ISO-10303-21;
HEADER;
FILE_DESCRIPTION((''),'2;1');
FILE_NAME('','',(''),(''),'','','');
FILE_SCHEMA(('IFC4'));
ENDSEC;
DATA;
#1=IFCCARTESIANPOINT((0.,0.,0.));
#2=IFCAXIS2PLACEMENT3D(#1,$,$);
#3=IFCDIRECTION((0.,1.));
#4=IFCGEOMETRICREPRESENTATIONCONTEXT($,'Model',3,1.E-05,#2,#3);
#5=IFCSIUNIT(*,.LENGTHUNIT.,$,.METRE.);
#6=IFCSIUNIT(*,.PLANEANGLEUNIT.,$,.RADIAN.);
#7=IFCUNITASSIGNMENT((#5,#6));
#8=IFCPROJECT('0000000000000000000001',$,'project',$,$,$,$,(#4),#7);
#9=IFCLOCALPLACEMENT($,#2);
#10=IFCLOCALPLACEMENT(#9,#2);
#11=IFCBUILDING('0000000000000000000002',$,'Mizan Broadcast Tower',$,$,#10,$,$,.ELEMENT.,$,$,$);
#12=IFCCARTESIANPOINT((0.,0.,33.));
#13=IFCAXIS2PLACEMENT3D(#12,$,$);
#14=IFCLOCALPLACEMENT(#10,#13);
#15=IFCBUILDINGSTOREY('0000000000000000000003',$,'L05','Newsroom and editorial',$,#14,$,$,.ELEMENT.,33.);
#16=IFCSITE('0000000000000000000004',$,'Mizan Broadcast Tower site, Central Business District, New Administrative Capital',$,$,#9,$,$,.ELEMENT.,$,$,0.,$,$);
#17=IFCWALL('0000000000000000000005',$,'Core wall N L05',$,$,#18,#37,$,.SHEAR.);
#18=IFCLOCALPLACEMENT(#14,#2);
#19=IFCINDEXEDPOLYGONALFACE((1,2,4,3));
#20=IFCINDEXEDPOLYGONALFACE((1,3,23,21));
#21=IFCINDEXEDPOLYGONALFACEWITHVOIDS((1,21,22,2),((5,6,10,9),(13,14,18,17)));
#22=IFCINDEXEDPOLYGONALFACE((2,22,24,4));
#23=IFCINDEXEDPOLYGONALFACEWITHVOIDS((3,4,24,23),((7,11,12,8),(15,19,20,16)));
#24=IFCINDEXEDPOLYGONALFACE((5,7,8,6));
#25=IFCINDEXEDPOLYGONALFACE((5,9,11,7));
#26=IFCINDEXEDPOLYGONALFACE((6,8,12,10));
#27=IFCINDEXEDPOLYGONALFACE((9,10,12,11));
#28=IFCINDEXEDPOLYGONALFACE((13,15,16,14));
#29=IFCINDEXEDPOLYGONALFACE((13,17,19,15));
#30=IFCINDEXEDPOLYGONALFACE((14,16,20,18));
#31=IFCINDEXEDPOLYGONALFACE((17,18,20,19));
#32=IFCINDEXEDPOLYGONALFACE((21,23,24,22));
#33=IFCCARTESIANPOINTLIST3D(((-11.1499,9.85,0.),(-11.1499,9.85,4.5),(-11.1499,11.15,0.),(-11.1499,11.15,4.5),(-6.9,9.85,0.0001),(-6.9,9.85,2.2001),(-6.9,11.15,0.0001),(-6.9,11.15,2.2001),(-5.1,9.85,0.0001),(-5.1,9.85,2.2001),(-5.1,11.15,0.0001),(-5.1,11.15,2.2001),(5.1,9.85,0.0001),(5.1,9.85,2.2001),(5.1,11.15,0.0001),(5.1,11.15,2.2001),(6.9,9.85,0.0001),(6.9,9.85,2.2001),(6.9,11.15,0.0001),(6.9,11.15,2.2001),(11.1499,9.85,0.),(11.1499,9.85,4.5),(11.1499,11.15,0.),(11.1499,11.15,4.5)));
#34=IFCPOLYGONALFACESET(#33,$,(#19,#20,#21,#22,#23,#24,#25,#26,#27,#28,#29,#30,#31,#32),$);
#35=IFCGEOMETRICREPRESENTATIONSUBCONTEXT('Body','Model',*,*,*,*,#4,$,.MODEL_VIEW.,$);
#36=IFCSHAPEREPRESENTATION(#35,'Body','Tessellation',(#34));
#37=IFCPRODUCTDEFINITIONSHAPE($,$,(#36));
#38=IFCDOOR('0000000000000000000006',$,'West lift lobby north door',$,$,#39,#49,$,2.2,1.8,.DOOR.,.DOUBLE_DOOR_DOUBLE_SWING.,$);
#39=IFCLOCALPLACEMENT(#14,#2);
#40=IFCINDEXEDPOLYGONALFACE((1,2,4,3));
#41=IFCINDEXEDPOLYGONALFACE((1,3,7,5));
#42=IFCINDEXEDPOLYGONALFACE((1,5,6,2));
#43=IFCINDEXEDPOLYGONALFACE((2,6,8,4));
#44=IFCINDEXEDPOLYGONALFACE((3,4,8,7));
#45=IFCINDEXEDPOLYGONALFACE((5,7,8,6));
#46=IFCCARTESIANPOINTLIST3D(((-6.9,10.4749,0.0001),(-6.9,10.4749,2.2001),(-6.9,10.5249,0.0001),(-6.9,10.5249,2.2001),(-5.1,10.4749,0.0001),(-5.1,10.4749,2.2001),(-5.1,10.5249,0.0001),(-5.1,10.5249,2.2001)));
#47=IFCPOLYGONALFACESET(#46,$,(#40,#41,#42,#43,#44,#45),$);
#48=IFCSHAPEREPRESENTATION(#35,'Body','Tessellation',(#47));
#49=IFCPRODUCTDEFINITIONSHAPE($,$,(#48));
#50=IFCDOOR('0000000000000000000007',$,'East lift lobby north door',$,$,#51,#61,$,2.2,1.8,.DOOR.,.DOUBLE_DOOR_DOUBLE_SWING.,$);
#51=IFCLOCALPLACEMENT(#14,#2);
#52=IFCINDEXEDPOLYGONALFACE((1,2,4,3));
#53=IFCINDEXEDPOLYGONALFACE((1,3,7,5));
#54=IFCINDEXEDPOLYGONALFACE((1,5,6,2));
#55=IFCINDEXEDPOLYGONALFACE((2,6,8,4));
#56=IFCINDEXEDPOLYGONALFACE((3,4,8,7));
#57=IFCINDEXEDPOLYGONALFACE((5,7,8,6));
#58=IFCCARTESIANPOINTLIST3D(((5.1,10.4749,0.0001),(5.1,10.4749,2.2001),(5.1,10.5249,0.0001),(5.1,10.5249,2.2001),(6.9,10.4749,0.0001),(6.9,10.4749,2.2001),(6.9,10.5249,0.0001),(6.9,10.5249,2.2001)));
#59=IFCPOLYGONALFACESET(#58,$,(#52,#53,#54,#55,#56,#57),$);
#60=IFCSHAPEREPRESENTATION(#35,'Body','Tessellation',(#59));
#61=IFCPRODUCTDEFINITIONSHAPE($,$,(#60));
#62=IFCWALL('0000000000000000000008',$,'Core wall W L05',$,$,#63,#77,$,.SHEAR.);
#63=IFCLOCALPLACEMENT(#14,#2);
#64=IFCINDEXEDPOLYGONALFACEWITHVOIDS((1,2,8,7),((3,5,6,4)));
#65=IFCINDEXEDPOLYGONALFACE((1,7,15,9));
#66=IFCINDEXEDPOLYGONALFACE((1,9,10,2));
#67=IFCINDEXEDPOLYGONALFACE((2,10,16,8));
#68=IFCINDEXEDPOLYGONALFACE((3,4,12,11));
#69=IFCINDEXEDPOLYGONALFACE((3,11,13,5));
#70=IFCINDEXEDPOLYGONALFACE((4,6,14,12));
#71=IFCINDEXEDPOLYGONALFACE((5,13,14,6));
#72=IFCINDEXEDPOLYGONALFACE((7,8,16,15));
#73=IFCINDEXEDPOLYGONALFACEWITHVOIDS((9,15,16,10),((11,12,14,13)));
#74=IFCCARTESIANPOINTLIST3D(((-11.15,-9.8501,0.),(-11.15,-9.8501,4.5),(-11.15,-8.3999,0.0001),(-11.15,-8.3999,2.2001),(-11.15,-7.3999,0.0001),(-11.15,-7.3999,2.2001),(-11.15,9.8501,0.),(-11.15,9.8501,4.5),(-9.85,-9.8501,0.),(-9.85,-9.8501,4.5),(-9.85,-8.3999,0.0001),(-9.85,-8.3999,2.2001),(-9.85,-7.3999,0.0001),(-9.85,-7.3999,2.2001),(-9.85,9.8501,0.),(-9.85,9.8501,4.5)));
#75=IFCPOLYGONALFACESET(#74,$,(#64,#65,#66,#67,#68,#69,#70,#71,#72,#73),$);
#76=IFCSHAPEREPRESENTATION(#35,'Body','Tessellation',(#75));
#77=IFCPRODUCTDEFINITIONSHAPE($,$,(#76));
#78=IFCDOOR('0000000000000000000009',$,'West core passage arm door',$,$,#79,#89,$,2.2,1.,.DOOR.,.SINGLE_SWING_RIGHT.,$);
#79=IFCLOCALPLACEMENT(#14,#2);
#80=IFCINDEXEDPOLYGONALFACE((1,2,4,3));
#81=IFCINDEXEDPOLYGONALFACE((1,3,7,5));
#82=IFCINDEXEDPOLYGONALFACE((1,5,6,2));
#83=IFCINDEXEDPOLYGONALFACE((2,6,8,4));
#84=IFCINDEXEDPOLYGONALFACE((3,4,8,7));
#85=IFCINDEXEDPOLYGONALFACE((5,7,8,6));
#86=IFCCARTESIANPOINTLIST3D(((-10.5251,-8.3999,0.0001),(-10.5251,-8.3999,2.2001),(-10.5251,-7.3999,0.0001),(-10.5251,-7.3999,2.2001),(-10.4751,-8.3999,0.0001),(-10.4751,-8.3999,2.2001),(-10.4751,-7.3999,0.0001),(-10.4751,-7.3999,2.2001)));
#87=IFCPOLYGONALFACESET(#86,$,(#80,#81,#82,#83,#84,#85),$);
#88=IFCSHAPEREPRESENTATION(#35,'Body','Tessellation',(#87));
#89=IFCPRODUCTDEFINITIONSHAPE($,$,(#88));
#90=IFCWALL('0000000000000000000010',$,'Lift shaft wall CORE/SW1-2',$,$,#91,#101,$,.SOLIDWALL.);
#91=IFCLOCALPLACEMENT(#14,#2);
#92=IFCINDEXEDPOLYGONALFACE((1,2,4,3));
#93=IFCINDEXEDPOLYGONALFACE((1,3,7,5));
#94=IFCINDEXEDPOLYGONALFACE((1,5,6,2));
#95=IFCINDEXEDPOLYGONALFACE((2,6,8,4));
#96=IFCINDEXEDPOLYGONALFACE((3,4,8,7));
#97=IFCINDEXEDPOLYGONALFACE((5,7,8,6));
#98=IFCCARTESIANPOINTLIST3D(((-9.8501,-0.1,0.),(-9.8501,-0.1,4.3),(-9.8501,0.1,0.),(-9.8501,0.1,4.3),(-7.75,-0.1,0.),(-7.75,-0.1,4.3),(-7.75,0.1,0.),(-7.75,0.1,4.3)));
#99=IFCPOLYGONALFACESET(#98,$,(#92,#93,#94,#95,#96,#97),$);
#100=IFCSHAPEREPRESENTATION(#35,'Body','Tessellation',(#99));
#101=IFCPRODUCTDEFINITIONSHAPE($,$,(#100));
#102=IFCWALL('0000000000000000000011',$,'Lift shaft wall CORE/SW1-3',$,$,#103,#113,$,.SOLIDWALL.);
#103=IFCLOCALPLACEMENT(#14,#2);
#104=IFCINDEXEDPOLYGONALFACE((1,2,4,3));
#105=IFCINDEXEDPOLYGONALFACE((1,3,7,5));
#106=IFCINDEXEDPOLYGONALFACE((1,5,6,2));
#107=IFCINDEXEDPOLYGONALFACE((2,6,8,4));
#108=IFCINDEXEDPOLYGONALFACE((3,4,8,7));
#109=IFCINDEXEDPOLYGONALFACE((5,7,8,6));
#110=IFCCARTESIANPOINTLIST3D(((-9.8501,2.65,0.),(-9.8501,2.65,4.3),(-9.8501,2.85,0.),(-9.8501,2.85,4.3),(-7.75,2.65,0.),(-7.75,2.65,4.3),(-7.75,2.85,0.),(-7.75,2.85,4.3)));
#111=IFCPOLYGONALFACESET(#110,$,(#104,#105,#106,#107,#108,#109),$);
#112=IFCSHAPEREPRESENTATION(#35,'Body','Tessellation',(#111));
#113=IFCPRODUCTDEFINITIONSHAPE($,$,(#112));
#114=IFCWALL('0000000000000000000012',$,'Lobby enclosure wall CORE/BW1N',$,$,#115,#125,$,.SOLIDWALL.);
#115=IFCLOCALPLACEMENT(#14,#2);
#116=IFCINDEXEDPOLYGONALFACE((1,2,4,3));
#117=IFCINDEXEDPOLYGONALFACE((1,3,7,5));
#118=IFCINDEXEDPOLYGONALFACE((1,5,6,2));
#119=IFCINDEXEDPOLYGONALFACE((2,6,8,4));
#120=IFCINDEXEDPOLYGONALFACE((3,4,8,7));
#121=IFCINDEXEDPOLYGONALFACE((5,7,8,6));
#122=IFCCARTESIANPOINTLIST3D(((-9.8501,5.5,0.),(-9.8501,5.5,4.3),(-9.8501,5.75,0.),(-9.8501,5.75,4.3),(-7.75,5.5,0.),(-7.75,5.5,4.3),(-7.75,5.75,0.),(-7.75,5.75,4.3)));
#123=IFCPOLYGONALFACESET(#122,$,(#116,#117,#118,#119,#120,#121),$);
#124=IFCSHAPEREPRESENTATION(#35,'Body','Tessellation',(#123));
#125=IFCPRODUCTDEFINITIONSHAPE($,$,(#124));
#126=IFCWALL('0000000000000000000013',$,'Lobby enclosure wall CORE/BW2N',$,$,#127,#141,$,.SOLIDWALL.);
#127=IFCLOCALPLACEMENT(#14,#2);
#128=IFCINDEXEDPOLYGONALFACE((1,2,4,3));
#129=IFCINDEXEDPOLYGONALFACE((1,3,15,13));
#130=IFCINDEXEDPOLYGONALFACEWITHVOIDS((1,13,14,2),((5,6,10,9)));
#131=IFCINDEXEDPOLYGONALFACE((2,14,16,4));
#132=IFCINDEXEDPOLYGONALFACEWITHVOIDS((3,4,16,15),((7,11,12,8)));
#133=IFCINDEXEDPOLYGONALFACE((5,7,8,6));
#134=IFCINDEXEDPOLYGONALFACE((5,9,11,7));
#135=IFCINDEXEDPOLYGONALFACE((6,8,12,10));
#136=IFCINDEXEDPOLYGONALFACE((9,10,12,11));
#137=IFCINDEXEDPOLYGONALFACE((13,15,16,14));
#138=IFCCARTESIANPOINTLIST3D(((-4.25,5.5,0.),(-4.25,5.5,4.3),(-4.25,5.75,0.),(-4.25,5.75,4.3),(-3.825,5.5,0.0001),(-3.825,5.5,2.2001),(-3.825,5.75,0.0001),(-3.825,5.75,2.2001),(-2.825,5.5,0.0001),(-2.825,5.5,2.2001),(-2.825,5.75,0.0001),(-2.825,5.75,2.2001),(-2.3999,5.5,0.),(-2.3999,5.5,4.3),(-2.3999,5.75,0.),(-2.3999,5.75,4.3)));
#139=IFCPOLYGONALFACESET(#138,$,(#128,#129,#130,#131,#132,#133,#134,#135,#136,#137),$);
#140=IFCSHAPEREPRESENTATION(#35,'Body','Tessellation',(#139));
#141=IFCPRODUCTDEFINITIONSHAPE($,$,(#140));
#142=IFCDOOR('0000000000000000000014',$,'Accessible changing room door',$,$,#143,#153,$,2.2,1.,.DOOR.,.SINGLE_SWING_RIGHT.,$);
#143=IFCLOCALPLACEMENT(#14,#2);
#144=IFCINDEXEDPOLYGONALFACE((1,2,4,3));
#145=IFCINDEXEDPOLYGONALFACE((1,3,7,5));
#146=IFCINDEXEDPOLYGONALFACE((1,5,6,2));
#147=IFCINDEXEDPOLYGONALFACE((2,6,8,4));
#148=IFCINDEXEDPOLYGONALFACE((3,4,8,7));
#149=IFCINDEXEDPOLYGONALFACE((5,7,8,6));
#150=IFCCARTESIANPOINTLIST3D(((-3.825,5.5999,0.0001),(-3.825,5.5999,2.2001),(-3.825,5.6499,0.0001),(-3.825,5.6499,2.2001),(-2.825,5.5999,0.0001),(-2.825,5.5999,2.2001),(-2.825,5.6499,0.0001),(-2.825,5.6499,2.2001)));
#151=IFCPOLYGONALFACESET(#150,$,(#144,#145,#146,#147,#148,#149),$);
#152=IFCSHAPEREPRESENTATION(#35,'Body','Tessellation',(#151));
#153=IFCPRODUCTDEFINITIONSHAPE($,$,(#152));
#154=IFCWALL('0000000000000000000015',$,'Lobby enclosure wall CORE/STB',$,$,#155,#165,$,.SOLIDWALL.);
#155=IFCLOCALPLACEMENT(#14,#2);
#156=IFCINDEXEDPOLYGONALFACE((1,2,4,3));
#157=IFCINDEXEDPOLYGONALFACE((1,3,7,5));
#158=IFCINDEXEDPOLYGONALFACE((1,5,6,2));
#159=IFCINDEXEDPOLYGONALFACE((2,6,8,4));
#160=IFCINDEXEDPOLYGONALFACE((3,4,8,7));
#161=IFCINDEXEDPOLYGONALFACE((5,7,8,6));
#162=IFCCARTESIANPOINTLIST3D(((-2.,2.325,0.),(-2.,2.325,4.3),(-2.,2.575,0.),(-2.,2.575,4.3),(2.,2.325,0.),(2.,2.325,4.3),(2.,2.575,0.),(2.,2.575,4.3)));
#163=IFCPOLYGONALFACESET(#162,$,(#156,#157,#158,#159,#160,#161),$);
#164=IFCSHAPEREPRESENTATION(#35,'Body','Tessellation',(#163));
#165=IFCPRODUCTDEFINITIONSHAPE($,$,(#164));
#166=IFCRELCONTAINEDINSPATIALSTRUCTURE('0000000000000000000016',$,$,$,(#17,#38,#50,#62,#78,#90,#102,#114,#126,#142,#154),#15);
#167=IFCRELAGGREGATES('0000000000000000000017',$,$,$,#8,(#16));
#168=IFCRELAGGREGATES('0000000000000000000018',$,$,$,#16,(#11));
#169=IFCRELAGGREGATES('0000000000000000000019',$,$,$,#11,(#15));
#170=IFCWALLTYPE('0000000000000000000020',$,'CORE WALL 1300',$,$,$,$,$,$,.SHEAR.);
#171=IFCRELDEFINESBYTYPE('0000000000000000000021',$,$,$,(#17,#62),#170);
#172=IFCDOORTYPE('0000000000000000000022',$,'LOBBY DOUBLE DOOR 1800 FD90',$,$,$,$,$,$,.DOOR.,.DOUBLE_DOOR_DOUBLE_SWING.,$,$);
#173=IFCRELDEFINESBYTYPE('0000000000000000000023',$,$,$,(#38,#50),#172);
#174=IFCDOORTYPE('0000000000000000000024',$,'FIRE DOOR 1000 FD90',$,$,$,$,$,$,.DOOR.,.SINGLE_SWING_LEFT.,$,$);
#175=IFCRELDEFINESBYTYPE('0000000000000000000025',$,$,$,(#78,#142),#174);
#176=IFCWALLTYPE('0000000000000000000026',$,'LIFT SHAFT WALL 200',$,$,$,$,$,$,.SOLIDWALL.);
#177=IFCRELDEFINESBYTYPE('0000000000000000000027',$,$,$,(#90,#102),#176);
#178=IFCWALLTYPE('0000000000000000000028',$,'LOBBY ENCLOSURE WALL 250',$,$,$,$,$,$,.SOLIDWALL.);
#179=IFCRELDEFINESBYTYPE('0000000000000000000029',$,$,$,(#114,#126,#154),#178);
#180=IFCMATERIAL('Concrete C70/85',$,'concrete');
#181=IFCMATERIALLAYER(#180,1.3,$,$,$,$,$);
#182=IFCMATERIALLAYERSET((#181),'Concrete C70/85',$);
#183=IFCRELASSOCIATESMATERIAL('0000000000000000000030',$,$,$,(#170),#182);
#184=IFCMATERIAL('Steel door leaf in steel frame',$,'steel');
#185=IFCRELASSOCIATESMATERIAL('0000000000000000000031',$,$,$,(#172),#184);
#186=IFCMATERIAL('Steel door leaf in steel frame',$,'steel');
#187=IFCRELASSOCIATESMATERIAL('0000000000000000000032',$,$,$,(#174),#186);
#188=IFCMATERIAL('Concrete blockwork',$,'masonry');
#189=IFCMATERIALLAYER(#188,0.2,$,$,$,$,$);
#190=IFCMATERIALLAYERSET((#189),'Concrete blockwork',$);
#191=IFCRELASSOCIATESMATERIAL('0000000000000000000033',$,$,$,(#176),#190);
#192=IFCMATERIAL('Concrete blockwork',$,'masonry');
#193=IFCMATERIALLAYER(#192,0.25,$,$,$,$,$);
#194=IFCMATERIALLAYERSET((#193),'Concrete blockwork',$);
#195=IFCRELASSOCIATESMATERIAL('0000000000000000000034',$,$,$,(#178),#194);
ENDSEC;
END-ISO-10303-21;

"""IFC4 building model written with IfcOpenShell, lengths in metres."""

from ifc_helpers import new_model, si_unit, direction, frame, frame_2d, origin, place, context, subcontext, project, spatial, rectangle, extrude, material, layer, layer_set, type_object, element, fill, save


model = new_model("IFC4")

# Units and contexts
model_context = context("Model", 3, precision=1e-05, world=origin(), true_north=direction((0.0, 1.0)))
body_context = subcontext(model_context, "Body", "Model", "MODEL_VIEW")
ifc_project = project(units=[si_unit("LENGTHUNIT", "METRE"), si_unit("PLANEANGLEUNIT", "RADIAN")], contexts=[model_context])

# Site, building, storey
site_placement = place(None, origin())
site = spatial("IfcSite", under=ifc_project, at=site_placement, Name="Mizan Broadcast Tower site, Central Business District, New Administrative Capital", CompositionType="ELEMENT", RefElevation=0.0)
building_placement = place(site_placement, origin())
building = spatial("IfcBuilding", under=site, at=building_placement, Name="Mizan Broadcast Tower", CompositionType="ELEMENT")
storey_placement = place(building_placement, frame((0.0, 0.0, 33.0)))
storey = spatial("IfcBuildingStorey", under=building, at=storey_placement, Name="L05", Description="Newsroom and editorial", CompositionType="ELEMENT", Elevation=33.0)

# Wall, openings, doors
ifc_material_1 = material(Name="Concrete C70/85", Category="concrete")
ifc_layer_1 = layer(ifc_material_1, 1.3)
ifc_layer_set_1 = layer_set([ifc_layer_1], Name="Concrete C70/85")
wall_type_1 = type_object("IfcWallType", Name="CORE WALL 1300", PredefinedType="SHEAR", material=ifc_layer_set_1)
wall_1_placement = place(storey_placement, frame((-11.1499, 10.5, 0.0), z_axis=(0.0, 0.0, 1.0), x_axis=(1.0, 0.0, 0.0)))
wall_1 = element("IfcWall", 1, at=wall_1_placement, inside=storey, type_object=wall_type_1, Name="Core wall N L05", PredefinedType="SHEAR", context=body_context, shape_type="SweptSolid", body=[
    extrude(rectangle(XDim=22.2998, YDim=1.3, at=frame_2d((11.1499, 0.0))), origin(), (0.0, 0.0, 1.0), 4.5),
])
opening_1_placement = place(wall_1_placement, frame((4.25, 0.0, 0.0)))
opening_1 = element("IfcOpeningElement", 2, at=opening_1_placement, cuts=wall_1, PredefinedType="OPENING", context=body_context, shape_type="SweptSolid", body=[
    extrude(rectangle(XDim=1.8, YDim=2.2, at=frame_2d((0.8999, 1.1001))), frame((0.0, 0.6599, 0.0), z_axis=(0.0, -1.0, 0.0), x_axis=(1.0, 0.0, 0.0)), (0.0, 0.0, 1.0), 1.3201),
])
opening_2_placement = place(wall_1_placement, frame((16.25, 0.0, 0.0)))
opening_2 = element("IfcOpeningElement", 3, at=opening_2_placement, cuts=wall_1, PredefinedType="OPENING", context=body_context, shape_type="SweptSolid", body=[
    extrude(rectangle(XDim=1.8, YDim=2.2, at=frame_2d((0.8999, 1.1001))), frame((0.0, 0.6599, 0.0), z_axis=(0.0, -1.0, 0.0), x_axis=(1.0, 0.0, 0.0)), (0.0, 0.0, 1.0), 1.3201),
])
ifc_material_2 = material(Name="Steel door leaf in steel frame", Category="steel")
door_type_1 = type_object("IfcDoorType", Name="LOBBY DOUBLE DOOR 1800 FD90", OperationType="DOUBLE_DOOR_DOUBLE_SWING", PredefinedType="DOOR", material=ifc_material_2)
door_1_placement = place(opening_1_placement, origin())
door_1 = element("IfcDoor", 4, at=door_1_placement, inside=storey, type_object=door_type_1, Name="West lift lobby north door", OperationType="DOUBLE_DOOR_DOUBLE_SWING", OverallHeight=2.2, OverallWidth=1.8, PredefinedType="DOOR", context=body_context, shape_type="SweptSolid", body=[
    extrude(rectangle(XDim=1.8, YDim=2.2, at=frame_2d((0.8999, 1.1001))), frame((0.0, 0.0249, 0.0), z_axis=(0.0, -1.0, 0.0), x_axis=(1.0, 0.0, 0.0)), (0.0, 0.0, 1.0), 0.05),
])
fill(opening_1, door_1)
door_2_placement = place(opening_2_placement, origin())
door_2 = element("IfcDoor", 5, at=door_2_placement, inside=storey, type_object=door_type_1, Name="East lift lobby north door", OperationType="DOUBLE_DOOR_DOUBLE_SWING", OverallHeight=2.2, OverallWidth=1.8, PredefinedType="DOOR", context=body_context, shape_type="SweptSolid", body=[
    extrude(rectangle(XDim=1.8, YDim=2.2, at=frame_2d((0.8999, 1.1001))), frame((0.0, 0.0249, 0.0), z_axis=(0.0, -1.0, 0.0), x_axis=(1.0, 0.0, 0.0)), (0.0, 0.0, 1.0), 0.05),
])
fill(opening_2, door_2)

# Wall, opening, door
wall_2_placement = place(storey_placement, frame((-10.5, 9.8501, 0.0), z_axis=(0.0, 0.0, 1.0), x_axis=(0.0, -1.0, 0.0)))
wall_2 = element("IfcWall", 6, at=wall_2_placement, inside=storey, type_object=wall_type_1, Name="Core wall W L05", PredefinedType="SHEAR", context=body_context, shape_type="SweptSolid", body=[
    extrude(rectangle(XDim=19.7002, YDim=1.3, at=frame_2d((9.8501, 0.0))), origin(), (0.0, 0.0, 1.0), 4.5),
])
opening_3_placement = place(wall_2_placement, frame((17.25, 0.0, 0.0)))
opening_3 = element("IfcOpeningElement", 7, at=opening_3_placement, cuts=wall_2, PredefinedType="OPENING", context=body_context, shape_type="SweptSolid", body=[
    extrude(rectangle(XDim=1.0, YDim=2.2, at=frame_2d((0.5, 1.1001))), frame((0.0, 0.6599, 0.0), z_axis=(0.0, -1.0, 0.0), x_axis=(1.0, 0.0, 0.0)), (0.0, 0.0, 1.0), 1.3201),
])
ifc_material_3 = material(Name="Steel door leaf in steel frame", Category="steel")
door_type_2 = type_object("IfcDoorType", Name="FIRE DOOR 1000 FD90", OperationType="SINGLE_SWING_LEFT", PredefinedType="DOOR", material=ifc_material_3)
door_3_placement = place(opening_3_placement, origin())
door_3 = element("IfcDoor", 8, at=door_3_placement, inside=storey, type_object=door_type_2, Name="West core passage arm door", OperationType="SINGLE_SWING_RIGHT", OverallHeight=2.2, OverallWidth=1.0, PredefinedType="DOOR", context=body_context, shape_type="SweptSolid", body=[
    extrude(rectangle(XDim=1.0, YDim=2.2, at=frame_2d((0.5, 1.1001))), frame((0.0, 0.0249, 0.0), z_axis=(0.0, -1.0, 0.0), x_axis=(1.0, 0.0, 0.0)), (0.0, 0.0, 1.0), 0.05),
])
fill(opening_3, door_3)

# Walls
ifc_material_4 = material(Name="Concrete blockwork", Category="masonry")
ifc_layer_2 = layer(ifc_material_4, 0.2)
ifc_layer_set_2 = layer_set([ifc_layer_2], Name="Concrete blockwork")
wall_type_2 = type_object("IfcWallType", Name="LIFT SHAFT WALL 200", PredefinedType="SOLIDWALL", material=ifc_layer_set_2)
for number, where, z_axis, x_axis, name in (
    (9, (-9.8501, 0.0, 0.0), (0.0, 0.0, 1.0), (1.0, 0.0, 0.0), "Lift shaft wall CORE/SW1-2"),
    (10, (-9.8501, 2.75, 0.0), (0.0, 0.0, 1.0), (1.0, 0.0, 0.0), "Lift shaft wall CORE/SW1-3"),
):
    element("IfcWall", number, at=place(storey_placement, frame(where, z_axis=z_axis, x_axis=x_axis)), inside=storey, type_object=wall_type_2, Name=name, PredefinedType="SOLIDWALL", context=body_context, shape_type="SweptSolid", body=[
        extrude(rectangle(XDim=2.1001, YDim=0.2, at=frame_2d((1.05, 0.0))), origin(), (0.0, 0.0, 1.0), 4.3),
    ])
ifc_material_5 = material(Name="Concrete blockwork", Category="masonry")
ifc_layer_3 = layer(ifc_material_5, 0.25)
ifc_layer_set_3 = layer_set([ifc_layer_3], Name="Concrete blockwork")
wall_type_3 = type_object("IfcWallType", Name="LOBBY ENCLOSURE WALL 250", PredefinedType="SOLIDWALL", material=ifc_layer_set_3)
wall_3_placement = place(storey_placement, frame((-9.8501, 5.625, 0.0), z_axis=(0.0, 0.0, 1.0), x_axis=(1.0, 0.0, 0.0)))
element("IfcWall", 11, at=wall_3_placement, inside=storey, type_object=wall_type_3, Name="Lobby enclosure wall CORE/BW1N", PredefinedType="SOLIDWALL", context=body_context, shape_type="SweptSolid", body=[
    extrude(rectangle(XDim=2.1001, YDim=0.25, at=frame_2d((1.05, 0.0))), origin(), (0.0, 0.0, 1.0), 4.3),
])

# Wall, opening, door
wall_4_placement = place(storey_placement, frame((-4.25, 5.625, 0.0), z_axis=(0.0, 0.0, 1.0), x_axis=(1.0, 0.0, 0.0)))
wall_4 = element("IfcWall", 12, at=wall_4_placement, inside=storey, type_object=wall_type_3, Name="Lobby enclosure wall CORE/BW2N", PredefinedType="SOLIDWALL", context=body_context, shape_type="SweptSolid", body=[
    extrude(rectangle(XDim=1.8501, YDim=0.25, at=frame_2d((0.925, 0.0))), origin(), (0.0, 0.0, 1.0), 4.3),
])
opening_4_placement = place(wall_4_placement, frame((0.425, 0.0, 0.0)))
opening_4 = element("IfcOpeningElement", 13, at=opening_4_placement, cuts=wall_4, PredefinedType="OPENING", context=body_context, shape_type="SweptSolid", body=[
    extrude(rectangle(XDim=1.0, YDim=2.2, at=frame_2d((0.5, 1.1001))), frame((0.0, 0.135, 0.0), z_axis=(0.0, -1.0, 0.0), x_axis=(1.0, 0.0, 0.0)), (0.0, 0.0, 1.0), 0.27),
])
door_4_placement = place(opening_4_placement, origin())
door_4 = element("IfcDoor", 14, at=door_4_placement, inside=storey, type_object=door_type_2, Name="Accessible changing room door", OperationType="SINGLE_SWING_RIGHT", OverallHeight=2.2, OverallWidth=1.0, PredefinedType="DOOR", context=body_context, shape_type="SweptSolid", body=[
    extrude(rectangle(XDim=1.0, YDim=2.2, at=frame_2d((0.5, 1.1001))), frame((0.0, 0.0249, 0.0), z_axis=(0.0, -1.0, 0.0), x_axis=(1.0, 0.0, 0.0)), (0.0, 0.0, 1.0), 0.05),
])
fill(opening_4, door_4)

# Wall
wall_5_placement = place(storey_placement, frame((-2.0, 2.45, 0.0), z_axis=(0.0, 0.0, 1.0), x_axis=(1.0, 0.0, 0.0)))
element("IfcWall", 15, at=wall_5_placement, inside=storey, type_object=wall_type_3, Name="Lobby enclosure wall CORE/STB", PredefinedType="SOLIDWALL", context=body_context, shape_type="SweptSolid", body=[
    extrude(rectangle(XDim=4.0, YDim=0.25, at=frame_2d((2.0, 0.0))), origin(), (0.0, 0.0, 1.0), 4.3),
])

save(model, "model.ifc")
